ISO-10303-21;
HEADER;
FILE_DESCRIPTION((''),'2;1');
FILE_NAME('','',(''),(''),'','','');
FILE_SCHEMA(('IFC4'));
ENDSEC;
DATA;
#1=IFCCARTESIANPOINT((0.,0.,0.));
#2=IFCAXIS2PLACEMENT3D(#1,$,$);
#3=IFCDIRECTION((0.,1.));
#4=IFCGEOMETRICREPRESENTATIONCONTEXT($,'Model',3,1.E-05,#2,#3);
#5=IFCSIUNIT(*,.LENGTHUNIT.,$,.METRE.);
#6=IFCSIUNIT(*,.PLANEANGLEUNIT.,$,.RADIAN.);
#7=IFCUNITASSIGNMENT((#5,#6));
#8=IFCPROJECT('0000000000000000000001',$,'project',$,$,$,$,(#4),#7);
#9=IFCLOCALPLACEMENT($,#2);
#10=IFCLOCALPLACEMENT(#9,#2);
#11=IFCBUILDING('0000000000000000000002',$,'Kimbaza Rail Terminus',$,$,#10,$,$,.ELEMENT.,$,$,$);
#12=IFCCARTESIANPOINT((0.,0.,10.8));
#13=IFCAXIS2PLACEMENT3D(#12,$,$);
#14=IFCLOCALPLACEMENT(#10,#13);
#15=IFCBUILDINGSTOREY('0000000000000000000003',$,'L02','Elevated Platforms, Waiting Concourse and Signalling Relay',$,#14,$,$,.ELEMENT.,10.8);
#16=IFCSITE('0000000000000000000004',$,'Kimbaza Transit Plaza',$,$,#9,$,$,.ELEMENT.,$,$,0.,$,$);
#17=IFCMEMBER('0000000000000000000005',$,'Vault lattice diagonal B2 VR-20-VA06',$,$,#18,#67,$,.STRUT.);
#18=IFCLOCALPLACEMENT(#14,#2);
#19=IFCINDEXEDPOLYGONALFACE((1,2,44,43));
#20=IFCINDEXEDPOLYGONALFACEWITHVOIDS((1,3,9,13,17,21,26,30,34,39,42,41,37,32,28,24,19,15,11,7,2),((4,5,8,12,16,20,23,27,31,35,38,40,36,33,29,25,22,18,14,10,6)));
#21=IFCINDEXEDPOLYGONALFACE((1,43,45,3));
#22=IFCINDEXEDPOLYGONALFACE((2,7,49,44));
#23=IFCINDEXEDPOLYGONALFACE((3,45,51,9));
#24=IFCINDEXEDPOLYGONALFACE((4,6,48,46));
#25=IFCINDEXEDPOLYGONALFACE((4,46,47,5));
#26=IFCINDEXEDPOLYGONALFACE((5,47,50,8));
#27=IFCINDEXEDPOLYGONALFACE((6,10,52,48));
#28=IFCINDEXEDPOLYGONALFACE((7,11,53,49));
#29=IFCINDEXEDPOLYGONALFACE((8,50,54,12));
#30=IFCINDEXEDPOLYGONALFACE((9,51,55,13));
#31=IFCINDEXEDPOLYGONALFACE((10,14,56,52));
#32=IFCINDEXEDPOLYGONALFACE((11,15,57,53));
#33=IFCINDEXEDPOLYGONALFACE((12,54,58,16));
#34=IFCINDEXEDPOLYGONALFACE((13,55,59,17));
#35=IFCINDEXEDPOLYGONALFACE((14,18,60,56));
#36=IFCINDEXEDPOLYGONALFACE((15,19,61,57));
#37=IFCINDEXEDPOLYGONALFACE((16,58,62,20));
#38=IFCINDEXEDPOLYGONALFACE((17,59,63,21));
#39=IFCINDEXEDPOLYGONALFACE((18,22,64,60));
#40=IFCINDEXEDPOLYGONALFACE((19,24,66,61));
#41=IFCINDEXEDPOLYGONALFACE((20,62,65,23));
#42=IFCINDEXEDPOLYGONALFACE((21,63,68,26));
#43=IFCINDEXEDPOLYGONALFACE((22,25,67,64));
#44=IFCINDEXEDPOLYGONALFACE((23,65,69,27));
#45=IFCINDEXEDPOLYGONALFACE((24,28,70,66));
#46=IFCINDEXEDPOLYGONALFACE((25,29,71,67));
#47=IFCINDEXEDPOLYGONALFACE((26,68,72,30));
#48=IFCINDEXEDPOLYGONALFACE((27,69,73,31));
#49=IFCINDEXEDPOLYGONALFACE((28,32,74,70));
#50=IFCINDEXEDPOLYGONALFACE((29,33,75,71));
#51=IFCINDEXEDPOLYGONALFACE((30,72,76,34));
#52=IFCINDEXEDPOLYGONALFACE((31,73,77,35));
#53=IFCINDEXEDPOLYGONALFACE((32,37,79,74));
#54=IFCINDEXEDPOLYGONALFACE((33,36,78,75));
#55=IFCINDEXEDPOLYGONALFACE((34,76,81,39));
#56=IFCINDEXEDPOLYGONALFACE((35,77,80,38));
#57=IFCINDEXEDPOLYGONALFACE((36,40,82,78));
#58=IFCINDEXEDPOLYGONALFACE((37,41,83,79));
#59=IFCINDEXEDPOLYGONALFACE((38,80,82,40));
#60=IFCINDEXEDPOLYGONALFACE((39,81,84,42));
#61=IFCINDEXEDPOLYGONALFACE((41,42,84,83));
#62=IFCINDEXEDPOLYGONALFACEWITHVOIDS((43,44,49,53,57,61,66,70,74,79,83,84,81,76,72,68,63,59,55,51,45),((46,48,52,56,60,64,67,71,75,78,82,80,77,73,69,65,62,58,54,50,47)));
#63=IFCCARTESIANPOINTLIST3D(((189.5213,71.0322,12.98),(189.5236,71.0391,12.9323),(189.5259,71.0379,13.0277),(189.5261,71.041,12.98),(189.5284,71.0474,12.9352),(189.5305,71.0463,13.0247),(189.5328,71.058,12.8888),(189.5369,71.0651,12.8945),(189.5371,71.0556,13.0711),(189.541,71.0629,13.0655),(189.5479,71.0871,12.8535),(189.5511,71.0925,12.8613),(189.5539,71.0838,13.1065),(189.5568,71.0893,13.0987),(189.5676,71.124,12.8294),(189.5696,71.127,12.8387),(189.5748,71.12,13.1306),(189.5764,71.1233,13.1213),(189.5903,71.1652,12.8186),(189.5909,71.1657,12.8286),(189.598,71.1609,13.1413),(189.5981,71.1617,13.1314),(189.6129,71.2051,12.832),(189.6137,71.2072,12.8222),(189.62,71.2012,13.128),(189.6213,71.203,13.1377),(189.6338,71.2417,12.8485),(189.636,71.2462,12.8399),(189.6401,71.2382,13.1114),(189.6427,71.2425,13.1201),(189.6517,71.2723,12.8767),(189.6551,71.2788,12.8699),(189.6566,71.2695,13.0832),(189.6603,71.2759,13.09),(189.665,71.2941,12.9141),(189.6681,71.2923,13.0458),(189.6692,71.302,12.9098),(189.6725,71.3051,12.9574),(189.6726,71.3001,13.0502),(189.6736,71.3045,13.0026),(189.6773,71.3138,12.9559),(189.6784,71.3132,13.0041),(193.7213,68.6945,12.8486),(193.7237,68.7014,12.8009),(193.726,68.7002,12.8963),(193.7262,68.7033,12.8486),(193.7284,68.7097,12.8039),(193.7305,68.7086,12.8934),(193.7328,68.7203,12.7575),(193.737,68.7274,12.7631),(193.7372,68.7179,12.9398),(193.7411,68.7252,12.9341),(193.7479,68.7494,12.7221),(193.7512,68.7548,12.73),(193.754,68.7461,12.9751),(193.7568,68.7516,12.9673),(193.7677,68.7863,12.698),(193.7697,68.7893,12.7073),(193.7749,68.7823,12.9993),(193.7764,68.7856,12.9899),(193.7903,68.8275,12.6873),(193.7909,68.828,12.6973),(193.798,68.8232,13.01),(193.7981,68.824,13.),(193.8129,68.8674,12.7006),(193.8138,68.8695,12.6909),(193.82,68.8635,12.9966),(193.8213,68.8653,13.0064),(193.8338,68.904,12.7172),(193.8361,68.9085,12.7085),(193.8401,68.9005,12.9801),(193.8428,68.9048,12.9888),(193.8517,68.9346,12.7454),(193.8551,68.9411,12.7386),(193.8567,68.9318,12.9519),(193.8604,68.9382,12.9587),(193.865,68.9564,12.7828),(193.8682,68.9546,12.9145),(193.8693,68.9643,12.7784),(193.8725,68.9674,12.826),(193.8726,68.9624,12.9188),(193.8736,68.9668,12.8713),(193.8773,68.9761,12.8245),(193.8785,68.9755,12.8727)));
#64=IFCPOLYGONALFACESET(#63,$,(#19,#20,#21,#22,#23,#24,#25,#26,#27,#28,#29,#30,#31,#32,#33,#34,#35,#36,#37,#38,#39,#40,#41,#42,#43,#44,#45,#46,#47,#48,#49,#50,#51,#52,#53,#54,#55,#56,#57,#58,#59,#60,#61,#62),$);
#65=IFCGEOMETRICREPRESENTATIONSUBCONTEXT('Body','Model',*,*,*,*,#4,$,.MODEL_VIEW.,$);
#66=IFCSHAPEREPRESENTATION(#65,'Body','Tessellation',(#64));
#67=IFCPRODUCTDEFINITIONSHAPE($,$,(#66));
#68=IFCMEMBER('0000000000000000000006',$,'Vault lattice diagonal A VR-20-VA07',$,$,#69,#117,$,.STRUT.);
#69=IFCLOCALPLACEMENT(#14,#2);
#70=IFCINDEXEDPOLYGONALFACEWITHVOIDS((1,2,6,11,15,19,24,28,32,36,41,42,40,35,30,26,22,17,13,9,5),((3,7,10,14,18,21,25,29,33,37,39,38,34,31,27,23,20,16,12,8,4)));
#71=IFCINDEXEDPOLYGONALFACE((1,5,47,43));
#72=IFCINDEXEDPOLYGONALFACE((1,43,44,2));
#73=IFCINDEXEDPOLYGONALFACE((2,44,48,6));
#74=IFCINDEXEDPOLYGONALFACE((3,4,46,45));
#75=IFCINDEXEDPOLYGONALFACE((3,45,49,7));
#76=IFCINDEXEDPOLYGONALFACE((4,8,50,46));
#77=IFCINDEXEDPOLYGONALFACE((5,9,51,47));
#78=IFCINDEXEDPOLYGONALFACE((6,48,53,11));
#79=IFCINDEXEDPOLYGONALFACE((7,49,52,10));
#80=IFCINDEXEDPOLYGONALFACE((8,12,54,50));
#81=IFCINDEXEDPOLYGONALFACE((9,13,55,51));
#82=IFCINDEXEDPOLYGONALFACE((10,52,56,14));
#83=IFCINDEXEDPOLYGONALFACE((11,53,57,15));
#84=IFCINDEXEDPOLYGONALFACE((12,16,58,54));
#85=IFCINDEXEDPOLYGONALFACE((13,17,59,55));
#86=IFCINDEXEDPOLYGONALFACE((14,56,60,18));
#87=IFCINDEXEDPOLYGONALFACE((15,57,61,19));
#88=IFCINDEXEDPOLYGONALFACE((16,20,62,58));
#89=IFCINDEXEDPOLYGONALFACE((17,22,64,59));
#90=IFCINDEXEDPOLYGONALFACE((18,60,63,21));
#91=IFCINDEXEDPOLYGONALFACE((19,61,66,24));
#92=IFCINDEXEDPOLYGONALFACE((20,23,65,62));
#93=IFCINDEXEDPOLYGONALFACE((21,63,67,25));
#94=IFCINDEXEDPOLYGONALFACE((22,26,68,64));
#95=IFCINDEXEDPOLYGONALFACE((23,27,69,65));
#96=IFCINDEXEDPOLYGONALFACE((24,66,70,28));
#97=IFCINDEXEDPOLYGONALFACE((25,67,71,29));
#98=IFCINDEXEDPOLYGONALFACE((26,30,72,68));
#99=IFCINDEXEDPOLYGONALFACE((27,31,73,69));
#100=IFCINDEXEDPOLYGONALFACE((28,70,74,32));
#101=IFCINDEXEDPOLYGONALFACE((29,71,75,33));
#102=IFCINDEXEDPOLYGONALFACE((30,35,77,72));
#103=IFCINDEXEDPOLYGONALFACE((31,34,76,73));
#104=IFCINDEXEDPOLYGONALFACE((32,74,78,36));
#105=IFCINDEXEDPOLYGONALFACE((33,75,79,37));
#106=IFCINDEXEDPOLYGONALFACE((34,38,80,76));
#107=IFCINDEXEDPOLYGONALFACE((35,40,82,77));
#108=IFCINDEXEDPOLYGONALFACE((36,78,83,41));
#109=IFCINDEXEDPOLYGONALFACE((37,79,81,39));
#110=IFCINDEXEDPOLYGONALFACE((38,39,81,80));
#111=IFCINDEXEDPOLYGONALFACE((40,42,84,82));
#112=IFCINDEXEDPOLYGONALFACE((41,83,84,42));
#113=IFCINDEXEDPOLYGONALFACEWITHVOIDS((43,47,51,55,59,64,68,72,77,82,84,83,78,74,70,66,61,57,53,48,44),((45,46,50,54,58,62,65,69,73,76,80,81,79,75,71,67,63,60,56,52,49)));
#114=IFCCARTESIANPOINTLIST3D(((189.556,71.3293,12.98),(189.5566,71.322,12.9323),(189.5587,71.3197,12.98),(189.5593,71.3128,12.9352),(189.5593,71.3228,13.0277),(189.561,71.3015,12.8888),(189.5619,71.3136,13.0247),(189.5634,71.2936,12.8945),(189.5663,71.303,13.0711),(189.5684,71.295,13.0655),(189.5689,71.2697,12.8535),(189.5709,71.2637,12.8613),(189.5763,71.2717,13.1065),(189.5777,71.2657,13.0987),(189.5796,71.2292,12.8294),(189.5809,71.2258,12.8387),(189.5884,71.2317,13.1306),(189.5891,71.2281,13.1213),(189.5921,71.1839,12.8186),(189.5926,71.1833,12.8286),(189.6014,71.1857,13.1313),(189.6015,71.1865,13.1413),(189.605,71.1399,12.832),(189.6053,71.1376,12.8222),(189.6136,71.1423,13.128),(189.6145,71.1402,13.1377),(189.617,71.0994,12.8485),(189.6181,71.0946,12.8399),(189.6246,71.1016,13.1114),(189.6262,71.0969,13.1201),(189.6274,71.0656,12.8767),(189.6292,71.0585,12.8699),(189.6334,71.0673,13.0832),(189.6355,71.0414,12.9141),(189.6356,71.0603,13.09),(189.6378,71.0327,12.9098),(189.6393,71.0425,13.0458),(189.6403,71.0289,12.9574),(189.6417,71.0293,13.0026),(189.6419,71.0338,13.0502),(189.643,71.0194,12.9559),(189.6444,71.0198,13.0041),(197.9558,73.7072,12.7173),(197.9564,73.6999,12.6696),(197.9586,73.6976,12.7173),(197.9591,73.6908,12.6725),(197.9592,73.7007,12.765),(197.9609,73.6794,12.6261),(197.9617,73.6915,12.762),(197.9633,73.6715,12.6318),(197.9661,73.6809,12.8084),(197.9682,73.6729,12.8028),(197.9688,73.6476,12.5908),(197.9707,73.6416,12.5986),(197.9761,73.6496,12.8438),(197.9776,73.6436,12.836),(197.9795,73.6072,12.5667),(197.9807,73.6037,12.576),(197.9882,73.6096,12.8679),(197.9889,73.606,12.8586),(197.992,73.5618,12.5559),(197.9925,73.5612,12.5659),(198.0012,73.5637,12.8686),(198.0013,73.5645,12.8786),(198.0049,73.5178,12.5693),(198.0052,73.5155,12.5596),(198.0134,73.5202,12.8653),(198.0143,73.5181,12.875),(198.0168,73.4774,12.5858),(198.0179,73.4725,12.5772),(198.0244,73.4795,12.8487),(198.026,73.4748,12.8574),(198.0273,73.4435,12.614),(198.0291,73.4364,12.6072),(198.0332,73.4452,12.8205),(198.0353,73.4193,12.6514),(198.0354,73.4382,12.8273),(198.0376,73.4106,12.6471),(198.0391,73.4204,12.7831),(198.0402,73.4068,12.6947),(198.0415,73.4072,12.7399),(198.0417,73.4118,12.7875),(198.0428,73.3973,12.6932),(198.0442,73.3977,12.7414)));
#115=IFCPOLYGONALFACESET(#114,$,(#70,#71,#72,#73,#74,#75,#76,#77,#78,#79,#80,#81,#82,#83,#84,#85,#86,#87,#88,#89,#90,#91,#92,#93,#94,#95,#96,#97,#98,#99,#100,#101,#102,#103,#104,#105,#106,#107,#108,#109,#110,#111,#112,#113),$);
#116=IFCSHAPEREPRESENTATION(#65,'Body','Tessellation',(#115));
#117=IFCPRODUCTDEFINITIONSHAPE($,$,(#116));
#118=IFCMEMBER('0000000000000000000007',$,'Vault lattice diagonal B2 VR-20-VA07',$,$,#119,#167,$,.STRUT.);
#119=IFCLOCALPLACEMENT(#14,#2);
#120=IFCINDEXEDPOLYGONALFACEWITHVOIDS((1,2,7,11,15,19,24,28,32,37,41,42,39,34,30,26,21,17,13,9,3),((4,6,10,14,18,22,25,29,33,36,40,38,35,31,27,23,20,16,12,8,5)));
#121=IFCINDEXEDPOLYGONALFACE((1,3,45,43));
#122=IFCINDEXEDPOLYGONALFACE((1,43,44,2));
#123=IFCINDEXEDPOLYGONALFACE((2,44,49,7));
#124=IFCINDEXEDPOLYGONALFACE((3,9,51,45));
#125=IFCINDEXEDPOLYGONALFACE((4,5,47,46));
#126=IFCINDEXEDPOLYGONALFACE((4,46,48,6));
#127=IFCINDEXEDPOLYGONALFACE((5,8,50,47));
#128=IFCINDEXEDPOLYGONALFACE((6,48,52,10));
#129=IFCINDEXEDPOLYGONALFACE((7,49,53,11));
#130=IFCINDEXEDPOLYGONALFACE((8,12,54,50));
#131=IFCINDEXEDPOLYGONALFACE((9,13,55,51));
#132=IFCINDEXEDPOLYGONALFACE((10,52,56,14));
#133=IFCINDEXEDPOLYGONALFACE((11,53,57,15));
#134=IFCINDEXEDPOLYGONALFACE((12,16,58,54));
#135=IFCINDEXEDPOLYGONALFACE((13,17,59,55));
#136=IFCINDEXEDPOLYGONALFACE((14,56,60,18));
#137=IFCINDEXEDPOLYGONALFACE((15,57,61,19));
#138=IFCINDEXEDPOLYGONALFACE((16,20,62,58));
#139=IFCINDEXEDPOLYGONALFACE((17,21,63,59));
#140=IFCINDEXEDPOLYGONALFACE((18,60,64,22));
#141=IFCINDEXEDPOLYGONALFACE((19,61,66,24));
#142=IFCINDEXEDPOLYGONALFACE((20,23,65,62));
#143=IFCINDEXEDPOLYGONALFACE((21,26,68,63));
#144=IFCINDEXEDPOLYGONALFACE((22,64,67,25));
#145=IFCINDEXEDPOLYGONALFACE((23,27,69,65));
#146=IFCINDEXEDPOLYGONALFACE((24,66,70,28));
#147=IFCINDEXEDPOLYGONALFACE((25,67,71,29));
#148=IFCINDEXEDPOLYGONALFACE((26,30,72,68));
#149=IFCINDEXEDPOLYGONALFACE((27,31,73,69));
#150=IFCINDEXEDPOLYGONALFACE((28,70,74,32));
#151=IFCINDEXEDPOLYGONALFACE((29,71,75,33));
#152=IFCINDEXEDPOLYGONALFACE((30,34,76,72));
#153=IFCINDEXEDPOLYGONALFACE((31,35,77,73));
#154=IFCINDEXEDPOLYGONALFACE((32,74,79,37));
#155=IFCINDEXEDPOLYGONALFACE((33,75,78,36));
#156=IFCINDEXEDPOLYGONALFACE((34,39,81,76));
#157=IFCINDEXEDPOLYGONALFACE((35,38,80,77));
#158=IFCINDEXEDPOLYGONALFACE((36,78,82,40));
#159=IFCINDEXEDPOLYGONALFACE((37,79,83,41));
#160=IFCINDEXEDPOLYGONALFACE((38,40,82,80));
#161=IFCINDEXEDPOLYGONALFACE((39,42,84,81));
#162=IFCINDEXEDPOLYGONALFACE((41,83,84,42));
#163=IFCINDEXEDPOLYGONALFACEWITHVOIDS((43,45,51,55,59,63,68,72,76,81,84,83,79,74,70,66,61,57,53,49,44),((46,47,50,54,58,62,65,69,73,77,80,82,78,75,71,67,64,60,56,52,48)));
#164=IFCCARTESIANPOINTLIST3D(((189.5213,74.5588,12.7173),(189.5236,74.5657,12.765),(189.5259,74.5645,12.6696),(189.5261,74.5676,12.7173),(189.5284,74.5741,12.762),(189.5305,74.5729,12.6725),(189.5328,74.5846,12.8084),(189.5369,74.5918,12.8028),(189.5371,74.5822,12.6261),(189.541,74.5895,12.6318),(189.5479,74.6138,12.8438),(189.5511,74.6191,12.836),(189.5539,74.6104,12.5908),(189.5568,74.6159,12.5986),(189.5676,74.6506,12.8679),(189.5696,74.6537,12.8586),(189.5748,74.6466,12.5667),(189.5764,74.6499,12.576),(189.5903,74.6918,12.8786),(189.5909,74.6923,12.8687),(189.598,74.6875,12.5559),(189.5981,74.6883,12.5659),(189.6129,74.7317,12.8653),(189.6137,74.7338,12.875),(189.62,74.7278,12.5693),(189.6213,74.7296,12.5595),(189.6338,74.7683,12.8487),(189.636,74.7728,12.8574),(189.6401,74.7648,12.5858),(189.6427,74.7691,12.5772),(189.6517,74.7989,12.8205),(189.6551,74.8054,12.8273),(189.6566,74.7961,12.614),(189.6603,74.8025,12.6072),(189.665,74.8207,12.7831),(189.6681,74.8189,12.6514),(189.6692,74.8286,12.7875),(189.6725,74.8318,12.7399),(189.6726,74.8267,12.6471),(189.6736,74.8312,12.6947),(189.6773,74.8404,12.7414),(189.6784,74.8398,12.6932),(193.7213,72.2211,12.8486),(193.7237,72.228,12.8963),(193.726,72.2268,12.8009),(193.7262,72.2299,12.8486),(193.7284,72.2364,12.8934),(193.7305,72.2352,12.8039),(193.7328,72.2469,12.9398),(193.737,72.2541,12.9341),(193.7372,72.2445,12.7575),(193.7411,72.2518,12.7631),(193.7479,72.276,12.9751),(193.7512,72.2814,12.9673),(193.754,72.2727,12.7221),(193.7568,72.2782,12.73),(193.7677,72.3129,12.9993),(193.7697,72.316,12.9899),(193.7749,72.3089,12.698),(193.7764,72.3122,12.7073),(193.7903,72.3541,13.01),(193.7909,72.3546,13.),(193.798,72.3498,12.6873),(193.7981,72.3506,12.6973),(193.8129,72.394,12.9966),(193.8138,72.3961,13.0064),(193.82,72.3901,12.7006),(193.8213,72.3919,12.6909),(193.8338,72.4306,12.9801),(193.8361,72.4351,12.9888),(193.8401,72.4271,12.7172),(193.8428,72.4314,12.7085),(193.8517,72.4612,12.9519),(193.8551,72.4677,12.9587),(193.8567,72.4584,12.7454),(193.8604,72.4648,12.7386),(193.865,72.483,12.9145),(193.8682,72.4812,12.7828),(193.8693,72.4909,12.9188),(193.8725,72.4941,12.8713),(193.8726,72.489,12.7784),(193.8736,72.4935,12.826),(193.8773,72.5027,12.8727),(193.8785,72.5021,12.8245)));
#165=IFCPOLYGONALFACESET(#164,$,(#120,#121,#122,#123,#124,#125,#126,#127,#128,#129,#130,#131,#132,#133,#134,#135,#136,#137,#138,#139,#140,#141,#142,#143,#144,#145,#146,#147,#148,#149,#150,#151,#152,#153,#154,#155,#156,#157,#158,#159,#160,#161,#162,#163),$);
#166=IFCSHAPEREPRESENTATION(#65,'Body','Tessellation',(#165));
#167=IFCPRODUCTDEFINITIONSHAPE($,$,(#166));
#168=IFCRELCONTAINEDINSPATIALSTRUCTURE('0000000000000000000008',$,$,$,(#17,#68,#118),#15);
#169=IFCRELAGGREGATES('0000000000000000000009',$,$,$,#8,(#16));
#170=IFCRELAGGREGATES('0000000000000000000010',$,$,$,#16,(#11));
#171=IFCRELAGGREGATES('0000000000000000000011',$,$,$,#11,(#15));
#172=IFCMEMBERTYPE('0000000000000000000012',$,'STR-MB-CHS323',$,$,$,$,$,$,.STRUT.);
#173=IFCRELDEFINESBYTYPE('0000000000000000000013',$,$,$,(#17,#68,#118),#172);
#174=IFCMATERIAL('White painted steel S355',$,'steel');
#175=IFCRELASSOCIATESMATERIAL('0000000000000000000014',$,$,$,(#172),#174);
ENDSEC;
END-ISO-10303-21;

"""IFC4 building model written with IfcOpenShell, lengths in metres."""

from ifc_helpers import new_model, si_unit, direction, frame, origin, origin_2d, place, context, subcontext, project, spatial, hollow_circle, extrude, material, material_profile, profile_set, type_object, element, save


model = new_model("IFC4")

# Units and contexts
model_context = context("Model", 3, precision=1e-05, world=origin(), true_north=direction((0.0, 1.0)))
body_context = subcontext(model_context, "Body", "Model", "MODEL_VIEW")
ifc_project = project(units=[si_unit("LENGTHUNIT", "METRE"), si_unit("PLANEANGLEUNIT", "RADIAN")], contexts=[model_context])

# Site, building, storey
site_placement = place(None, origin())
site = spatial("IfcSite", under=ifc_project, at=site_placement, Name="Kimbaza Transit Plaza", CompositionType="ELEMENT", RefElevation=0.0)
building_placement = place(site_placement, origin())
building = spatial("IfcBuilding", under=site, at=building_placement, Name="Kimbaza Rail Terminus", CompositionType="ELEMENT")
storey_placement = place(building_placement, frame((0.0, 0.0, 10.8)))
storey = spatial("IfcBuildingStorey", under=building, at=storey_placement, Name="L02", Description="Elevated Platforms, Waiting Concourse and Signalling Relay", CompositionType="ELEMENT", Elevation=10.8)

# Members
ifc_material_1 = material(Name="White painted steel S355", Category="steel")
ifc_material_profile_1 = material_profile(ifc_material_1, hollow_circle(Radius=0.1619, WallThickness=0.01, at=origin_2d()), Name="CHS 323.9x10")
ifc_profile_set_1 = profile_set([ifc_material_profile_1], Name="White painted steel S355")
member_type_1 = type_object("IfcMemberType", Name="STR-MB-CHS323", PredefinedType="STRUT", material=ifc_profile_set_1)
member_1_placement = place(storey_placement, frame((193.8, 68.8359, 12.8486), z_axis=(-0.873448, 0.486151, 0.027316), x_axis=(-0.486333, -0.873774, 0.0)))
element("IfcMember", 1, at=member_1_placement, inside=storey, type_object=member_type_1, Name="Vault lattice diagonal B2 VR-20-VA06", PredefinedType="STRUT", context=body_context, shape_type="SweptSolid", body=[
    extrude(hollow_circle(Radius=0.1619, WallThickness=0.01, at=origin_2d()), origin(), (0.0, 0.0, 1.0), 4.8086),
])
member_2_placement = place(storey_placement, frame((189.6001, 71.1736, 12.98), z_axis=(0.961753, 0.272263, -0.030077), x_axis=(-0.272386, 0.962188, 0.0)))
element("IfcMember", 2, at=member_2_placement, inside=storey, type_object=member_type_1, Name="Vault lattice diagonal A VR-20-VA07", PredefinedType="STRUT", context=body_context, shape_type="SweptSolid", body=[
    extrude(hollow_circle(Radius=0.1619, WallThickness=0.01, at=origin_2d()), origin(), (0.0, 0.0, 1.0), 8.7339),
])
member_3_placement = place(storey_placement, frame((193.8, 72.3625, 12.8486), z_axis=(-0.873448, 0.486151, -0.027316), x_axis=(-0.486333, -0.873774, 0.0)))
element("IfcMember", 3, at=member_3_placement, inside=storey, type_object=member_type_1, Name="Vault lattice diagonal B2 VR-20-VA07", PredefinedType="STRUT", context=body_context, shape_type="SweptSolid", body=[
    extrude(hollow_circle(Radius=0.1619, WallThickness=0.01, at=origin_2d()), origin(), (0.0, 0.0, 1.0), 4.8086),
])

save(model, "model.ifc")
